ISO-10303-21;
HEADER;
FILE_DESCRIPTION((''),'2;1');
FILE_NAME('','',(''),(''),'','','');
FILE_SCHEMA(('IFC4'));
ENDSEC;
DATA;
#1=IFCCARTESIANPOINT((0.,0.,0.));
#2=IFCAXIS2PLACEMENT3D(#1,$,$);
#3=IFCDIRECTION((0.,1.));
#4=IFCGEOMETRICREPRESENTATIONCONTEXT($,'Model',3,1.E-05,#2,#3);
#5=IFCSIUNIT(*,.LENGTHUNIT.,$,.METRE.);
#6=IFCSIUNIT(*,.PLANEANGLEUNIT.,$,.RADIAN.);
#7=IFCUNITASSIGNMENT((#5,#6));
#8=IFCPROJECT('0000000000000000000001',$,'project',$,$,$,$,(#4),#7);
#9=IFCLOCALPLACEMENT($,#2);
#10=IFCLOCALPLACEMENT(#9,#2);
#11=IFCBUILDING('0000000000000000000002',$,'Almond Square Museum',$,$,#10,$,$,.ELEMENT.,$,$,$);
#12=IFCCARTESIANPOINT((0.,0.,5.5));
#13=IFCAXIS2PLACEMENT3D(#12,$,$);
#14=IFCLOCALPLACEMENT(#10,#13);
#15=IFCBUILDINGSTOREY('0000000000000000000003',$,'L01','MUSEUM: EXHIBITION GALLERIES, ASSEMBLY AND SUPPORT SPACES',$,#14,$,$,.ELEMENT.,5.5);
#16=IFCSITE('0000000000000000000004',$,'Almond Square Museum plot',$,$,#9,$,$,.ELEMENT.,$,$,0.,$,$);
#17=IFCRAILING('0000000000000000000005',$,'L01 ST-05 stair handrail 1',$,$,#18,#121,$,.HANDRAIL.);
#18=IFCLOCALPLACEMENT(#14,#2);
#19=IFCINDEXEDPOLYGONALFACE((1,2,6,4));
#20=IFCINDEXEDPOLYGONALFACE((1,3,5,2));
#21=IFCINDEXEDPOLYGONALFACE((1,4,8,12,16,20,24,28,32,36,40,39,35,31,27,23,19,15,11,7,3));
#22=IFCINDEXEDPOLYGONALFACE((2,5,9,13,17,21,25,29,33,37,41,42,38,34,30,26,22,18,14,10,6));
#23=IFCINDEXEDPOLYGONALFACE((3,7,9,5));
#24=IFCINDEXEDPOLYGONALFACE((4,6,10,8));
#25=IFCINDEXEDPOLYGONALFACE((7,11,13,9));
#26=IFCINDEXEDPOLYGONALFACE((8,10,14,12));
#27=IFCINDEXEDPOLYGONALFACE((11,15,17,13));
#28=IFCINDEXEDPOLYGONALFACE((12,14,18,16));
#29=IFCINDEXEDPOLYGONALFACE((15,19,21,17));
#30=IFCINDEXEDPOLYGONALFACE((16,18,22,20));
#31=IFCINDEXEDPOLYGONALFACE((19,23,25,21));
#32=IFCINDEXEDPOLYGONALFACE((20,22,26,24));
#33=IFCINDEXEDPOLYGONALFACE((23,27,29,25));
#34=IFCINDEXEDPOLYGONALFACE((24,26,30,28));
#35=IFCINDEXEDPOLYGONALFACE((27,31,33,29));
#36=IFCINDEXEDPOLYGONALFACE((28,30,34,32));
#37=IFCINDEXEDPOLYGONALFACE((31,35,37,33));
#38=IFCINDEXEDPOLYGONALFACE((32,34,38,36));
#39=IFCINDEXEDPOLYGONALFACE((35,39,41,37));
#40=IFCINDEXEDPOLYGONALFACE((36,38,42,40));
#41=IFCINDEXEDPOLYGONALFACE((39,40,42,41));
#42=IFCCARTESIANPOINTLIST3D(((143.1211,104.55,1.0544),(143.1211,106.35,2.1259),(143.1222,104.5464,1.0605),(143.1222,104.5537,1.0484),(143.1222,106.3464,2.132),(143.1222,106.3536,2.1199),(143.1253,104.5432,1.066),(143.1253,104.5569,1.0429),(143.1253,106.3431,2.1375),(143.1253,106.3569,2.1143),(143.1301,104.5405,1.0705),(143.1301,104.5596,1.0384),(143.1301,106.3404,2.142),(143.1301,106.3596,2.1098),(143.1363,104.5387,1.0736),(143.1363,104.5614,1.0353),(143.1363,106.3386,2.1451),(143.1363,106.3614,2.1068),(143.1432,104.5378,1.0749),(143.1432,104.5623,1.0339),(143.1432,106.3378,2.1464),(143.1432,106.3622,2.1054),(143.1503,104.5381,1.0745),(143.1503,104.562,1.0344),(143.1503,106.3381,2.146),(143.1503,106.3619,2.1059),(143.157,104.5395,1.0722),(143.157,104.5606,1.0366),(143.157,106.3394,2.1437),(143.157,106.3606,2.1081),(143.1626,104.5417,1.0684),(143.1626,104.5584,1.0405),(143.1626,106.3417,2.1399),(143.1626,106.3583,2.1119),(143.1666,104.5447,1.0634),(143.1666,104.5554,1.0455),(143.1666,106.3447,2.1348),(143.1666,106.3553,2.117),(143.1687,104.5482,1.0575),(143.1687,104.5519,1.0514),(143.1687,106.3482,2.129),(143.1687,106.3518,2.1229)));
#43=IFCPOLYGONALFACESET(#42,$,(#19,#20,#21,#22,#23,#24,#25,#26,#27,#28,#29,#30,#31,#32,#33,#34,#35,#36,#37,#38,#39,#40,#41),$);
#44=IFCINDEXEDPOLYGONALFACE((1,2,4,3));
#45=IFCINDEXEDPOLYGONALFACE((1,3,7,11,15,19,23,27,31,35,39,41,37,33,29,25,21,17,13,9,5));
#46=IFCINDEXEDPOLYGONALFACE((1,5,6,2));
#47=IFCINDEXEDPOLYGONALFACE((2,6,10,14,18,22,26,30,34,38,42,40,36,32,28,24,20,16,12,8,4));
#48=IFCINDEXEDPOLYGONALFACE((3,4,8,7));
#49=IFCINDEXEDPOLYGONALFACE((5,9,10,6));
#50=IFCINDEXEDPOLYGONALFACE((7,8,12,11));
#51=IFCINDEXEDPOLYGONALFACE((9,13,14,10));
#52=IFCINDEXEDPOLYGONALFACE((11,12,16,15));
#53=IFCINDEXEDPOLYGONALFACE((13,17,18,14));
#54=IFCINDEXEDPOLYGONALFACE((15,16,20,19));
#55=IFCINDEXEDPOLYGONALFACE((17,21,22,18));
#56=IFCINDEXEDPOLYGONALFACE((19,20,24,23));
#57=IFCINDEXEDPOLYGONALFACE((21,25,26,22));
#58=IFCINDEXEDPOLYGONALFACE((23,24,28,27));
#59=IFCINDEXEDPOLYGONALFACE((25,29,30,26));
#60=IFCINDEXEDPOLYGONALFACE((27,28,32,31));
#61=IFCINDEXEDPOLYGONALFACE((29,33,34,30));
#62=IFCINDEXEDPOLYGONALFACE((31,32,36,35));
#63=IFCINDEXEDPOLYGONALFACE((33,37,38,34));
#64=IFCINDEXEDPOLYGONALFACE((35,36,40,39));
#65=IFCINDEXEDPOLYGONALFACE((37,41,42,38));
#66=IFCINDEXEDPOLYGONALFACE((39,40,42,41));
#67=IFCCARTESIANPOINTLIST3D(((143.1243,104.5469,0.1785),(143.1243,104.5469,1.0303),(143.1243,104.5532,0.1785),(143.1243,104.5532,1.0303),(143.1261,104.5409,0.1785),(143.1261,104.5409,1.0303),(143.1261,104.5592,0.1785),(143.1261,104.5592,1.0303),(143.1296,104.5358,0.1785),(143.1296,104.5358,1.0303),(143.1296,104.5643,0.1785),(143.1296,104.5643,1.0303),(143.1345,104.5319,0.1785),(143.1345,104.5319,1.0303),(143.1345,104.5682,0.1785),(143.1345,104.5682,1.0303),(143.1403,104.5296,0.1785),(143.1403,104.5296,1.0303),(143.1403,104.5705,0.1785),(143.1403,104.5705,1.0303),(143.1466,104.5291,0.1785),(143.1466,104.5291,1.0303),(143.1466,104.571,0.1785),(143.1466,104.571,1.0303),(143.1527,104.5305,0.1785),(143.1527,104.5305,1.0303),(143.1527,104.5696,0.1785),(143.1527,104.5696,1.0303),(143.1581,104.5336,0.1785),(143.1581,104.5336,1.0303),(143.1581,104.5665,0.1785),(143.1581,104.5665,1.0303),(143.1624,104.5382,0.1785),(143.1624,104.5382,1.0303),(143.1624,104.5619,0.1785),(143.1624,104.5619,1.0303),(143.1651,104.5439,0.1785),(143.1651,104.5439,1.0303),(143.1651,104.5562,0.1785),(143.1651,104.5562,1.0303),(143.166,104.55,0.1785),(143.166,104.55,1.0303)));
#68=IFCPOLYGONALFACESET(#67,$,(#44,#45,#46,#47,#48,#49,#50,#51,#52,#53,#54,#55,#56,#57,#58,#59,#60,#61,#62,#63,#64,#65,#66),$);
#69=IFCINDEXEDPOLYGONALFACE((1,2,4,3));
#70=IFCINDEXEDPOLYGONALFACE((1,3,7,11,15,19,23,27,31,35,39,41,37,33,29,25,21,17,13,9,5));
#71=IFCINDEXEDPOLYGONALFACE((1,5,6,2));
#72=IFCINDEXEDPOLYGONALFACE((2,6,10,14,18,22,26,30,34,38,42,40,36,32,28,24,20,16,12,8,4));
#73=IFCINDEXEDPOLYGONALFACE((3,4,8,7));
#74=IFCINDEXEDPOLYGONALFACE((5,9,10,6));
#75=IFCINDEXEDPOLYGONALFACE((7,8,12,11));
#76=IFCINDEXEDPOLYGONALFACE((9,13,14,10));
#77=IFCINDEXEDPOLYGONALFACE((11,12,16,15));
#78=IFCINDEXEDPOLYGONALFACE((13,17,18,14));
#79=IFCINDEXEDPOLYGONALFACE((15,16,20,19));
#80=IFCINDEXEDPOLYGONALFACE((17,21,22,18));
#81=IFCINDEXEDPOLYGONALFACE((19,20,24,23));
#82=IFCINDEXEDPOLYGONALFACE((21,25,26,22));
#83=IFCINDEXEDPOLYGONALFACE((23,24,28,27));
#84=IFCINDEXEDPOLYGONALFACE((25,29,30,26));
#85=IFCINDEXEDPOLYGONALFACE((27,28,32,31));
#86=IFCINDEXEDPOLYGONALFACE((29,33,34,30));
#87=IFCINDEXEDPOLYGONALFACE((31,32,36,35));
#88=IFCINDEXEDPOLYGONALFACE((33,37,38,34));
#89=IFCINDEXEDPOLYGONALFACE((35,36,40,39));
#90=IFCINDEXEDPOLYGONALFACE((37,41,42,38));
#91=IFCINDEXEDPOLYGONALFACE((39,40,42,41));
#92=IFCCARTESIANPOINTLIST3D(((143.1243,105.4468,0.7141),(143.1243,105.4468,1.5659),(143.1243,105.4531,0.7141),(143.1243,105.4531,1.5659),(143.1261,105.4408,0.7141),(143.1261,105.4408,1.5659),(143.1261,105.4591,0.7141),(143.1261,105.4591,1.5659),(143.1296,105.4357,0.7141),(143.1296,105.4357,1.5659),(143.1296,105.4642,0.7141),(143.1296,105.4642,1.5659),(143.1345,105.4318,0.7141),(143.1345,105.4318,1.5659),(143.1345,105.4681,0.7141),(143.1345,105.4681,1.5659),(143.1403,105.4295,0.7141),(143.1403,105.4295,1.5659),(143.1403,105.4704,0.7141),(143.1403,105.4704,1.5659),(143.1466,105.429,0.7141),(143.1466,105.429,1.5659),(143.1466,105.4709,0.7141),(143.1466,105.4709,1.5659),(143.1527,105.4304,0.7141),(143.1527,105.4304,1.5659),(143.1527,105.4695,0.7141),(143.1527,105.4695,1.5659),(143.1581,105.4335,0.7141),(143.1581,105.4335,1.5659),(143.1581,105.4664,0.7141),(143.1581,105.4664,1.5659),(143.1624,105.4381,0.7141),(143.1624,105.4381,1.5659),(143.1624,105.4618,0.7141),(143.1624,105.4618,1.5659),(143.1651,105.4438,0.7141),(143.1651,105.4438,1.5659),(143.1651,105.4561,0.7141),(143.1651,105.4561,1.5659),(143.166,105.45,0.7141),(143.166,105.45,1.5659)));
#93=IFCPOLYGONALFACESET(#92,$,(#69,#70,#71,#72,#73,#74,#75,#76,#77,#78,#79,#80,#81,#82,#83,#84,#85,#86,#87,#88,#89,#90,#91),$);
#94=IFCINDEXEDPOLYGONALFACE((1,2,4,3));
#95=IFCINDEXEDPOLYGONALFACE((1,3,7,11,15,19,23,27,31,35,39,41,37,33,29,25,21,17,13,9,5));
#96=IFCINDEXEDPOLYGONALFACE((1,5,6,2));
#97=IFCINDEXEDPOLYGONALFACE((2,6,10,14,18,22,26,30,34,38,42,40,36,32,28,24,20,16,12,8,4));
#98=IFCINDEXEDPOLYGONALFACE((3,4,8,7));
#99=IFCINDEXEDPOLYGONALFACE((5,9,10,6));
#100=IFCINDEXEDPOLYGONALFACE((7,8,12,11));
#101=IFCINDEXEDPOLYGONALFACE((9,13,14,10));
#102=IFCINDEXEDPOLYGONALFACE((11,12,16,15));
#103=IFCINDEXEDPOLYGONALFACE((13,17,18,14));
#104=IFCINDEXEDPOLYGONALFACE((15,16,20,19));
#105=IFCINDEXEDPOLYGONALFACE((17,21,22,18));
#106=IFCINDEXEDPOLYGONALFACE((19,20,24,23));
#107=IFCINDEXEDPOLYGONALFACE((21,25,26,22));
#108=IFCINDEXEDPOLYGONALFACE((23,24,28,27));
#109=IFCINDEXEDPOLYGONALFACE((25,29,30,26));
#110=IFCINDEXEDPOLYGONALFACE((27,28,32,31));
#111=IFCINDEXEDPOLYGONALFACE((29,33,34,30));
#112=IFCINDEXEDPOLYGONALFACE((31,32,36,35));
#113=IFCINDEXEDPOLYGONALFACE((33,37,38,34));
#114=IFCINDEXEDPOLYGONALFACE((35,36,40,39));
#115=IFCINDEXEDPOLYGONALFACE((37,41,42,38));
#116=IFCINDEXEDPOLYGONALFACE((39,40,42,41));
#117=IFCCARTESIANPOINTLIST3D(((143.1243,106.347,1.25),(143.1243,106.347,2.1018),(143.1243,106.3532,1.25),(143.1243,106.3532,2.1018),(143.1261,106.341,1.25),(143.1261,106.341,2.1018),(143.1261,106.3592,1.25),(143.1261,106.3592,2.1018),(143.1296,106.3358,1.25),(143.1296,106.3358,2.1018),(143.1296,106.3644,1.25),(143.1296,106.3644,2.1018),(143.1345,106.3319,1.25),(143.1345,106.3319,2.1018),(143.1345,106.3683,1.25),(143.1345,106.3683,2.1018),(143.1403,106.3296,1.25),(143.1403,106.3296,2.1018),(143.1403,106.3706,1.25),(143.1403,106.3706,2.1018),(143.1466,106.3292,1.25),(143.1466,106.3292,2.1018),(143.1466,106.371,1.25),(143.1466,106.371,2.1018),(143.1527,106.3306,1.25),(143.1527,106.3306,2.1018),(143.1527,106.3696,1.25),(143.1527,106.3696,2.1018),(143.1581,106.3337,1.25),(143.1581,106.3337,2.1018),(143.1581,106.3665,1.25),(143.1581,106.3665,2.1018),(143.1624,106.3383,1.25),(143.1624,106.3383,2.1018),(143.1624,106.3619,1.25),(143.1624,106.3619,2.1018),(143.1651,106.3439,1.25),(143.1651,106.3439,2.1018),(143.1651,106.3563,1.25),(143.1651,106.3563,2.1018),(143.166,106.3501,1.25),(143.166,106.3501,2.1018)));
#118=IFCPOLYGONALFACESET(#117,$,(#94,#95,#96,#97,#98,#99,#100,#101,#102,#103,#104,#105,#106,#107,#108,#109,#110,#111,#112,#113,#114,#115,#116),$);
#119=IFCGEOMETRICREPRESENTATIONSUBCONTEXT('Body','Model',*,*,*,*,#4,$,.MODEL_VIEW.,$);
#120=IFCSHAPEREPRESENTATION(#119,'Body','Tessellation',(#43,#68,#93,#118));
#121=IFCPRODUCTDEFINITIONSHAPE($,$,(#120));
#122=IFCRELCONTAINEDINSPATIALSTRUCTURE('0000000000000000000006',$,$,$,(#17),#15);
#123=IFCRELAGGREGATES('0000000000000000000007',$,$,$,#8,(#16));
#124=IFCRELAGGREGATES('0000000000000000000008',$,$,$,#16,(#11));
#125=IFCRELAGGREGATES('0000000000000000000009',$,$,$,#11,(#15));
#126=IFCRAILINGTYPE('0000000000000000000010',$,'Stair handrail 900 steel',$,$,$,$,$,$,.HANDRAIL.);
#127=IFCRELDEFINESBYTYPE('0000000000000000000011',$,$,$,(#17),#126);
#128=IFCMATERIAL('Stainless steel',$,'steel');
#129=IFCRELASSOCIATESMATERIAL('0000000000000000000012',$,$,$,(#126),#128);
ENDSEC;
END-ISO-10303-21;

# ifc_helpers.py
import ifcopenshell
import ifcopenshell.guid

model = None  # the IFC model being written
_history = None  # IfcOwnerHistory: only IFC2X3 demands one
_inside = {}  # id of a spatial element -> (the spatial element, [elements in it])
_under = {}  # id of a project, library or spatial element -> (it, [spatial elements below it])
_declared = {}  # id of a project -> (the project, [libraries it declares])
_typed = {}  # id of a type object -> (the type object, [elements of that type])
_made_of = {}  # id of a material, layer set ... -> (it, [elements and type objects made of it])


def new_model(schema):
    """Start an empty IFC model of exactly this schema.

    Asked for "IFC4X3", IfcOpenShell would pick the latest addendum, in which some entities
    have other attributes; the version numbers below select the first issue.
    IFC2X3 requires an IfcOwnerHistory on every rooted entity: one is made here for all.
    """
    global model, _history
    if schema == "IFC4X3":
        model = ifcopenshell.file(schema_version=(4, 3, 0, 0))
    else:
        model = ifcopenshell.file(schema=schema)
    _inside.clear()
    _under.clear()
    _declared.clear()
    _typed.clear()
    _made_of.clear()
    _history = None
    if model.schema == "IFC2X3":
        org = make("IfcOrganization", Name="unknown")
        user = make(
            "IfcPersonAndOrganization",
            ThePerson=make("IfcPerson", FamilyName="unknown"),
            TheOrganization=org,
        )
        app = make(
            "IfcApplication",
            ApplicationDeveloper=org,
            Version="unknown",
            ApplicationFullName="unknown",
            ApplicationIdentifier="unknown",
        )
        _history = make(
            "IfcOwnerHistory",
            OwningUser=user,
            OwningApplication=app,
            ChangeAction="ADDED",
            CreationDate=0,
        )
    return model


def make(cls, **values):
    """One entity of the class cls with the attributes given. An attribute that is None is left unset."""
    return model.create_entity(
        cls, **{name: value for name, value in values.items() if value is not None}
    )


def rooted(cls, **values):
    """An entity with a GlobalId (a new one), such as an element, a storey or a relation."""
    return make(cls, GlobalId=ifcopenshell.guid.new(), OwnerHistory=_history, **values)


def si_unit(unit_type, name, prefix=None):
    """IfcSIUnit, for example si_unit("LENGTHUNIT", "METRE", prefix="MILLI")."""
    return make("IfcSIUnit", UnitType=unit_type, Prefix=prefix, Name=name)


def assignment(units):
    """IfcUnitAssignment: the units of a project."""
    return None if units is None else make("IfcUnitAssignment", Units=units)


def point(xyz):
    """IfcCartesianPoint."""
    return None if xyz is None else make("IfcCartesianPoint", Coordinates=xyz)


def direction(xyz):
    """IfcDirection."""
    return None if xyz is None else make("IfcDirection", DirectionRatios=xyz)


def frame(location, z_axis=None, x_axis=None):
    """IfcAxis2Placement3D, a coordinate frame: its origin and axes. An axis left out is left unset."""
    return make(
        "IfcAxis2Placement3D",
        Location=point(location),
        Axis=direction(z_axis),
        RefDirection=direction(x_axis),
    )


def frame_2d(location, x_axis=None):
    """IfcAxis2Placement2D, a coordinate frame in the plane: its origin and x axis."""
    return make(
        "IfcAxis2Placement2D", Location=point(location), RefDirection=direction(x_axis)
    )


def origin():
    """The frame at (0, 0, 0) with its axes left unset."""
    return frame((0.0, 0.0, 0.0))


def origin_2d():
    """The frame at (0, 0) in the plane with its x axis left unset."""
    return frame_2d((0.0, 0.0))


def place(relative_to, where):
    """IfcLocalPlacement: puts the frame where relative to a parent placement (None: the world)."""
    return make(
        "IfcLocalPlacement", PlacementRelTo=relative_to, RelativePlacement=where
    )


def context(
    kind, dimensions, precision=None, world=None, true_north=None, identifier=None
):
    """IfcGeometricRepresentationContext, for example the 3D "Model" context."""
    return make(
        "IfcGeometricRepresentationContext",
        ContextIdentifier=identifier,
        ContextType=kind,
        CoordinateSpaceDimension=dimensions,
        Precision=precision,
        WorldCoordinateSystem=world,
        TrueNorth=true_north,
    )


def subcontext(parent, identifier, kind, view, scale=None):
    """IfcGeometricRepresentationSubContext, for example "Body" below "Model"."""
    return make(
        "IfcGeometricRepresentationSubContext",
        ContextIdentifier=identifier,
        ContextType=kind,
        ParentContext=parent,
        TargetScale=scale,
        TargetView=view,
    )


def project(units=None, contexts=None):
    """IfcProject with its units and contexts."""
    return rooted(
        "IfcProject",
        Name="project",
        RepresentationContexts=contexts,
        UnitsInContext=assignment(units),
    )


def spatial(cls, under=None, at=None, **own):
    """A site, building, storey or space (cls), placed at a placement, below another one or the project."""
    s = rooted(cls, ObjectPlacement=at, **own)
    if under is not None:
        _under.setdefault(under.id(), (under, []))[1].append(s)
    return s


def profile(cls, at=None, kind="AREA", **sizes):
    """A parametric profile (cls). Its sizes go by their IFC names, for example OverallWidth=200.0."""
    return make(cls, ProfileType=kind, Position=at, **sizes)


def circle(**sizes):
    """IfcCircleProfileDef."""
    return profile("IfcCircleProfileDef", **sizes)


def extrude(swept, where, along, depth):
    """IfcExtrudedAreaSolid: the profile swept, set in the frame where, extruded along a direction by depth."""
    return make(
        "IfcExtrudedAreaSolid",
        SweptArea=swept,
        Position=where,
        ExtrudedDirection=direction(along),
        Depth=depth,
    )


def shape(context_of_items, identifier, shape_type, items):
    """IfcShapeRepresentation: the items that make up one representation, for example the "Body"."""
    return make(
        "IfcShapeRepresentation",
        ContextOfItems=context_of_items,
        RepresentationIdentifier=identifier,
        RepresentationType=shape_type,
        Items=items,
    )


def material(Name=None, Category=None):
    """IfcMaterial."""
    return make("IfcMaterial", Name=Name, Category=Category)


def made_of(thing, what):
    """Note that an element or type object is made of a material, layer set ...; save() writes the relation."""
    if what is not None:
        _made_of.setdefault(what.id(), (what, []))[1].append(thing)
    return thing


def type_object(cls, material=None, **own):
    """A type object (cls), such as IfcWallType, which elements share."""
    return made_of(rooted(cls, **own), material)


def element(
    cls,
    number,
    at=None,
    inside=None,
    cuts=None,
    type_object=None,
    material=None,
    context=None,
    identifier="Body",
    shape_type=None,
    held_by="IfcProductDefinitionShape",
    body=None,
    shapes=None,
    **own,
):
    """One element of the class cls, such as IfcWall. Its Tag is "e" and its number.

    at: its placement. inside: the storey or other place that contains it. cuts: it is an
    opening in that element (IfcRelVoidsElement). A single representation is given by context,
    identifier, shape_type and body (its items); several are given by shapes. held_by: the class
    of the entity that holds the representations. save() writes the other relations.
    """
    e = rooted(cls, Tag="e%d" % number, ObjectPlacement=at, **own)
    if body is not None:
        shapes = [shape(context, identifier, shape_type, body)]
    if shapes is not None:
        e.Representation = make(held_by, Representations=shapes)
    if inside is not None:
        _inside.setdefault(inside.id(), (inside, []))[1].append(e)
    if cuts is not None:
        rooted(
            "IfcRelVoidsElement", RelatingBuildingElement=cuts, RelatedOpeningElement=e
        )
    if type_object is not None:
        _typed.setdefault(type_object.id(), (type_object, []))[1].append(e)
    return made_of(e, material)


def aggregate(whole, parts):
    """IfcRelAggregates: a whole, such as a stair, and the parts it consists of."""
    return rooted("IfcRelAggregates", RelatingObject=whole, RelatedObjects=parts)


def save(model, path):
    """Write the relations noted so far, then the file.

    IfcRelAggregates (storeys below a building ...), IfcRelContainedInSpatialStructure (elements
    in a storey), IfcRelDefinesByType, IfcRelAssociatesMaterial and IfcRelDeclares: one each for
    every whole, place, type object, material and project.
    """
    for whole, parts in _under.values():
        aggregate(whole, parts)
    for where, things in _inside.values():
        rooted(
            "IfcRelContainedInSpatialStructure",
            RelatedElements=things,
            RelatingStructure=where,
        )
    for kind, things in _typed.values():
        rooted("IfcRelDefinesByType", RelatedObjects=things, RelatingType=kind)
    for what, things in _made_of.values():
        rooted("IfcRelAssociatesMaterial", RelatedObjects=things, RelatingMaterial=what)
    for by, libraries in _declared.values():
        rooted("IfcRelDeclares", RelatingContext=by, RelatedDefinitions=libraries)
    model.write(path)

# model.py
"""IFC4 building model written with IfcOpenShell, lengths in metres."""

from ifc_helpers import new_model, si_unit, direction, frame, origin, origin_2d, place, context, subcontext, project, spatial, circle, extrude, material, type_object, element, save


model = new_model("IFC4")

# Units and contexts
model_context = context("Model", 3, precision=1e-05, world=origin(), true_north=direction((0.0, 1.0)))
body_context = subcontext(model_context, "Body", "Model", "MODEL_VIEW")
ifc_project = project(units=[si_unit("LENGTHUNIT", "METRE"), si_unit("PLANEANGLEUNIT", "RADIAN")], contexts=[model_context])

# Site, building, storey
site_placement = place(None, origin())
site = spatial("IfcSite", under=ifc_project, at=site_placement, Name="Almond Square Museum plot", CompositionType="ELEMENT", RefElevation=0.0)
building_placement = place(site_placement, origin())
building = spatial("IfcBuilding", under=site, at=building_placement, Name="Almond Square Museum", CompositionType="ELEMENT")
storey_placement = place(building_placement, frame((0.0, 0.0, 5.5)))
storey = spatial("IfcBuildingStorey", under=building, at=storey_placement, Name="L01", Description="MUSEUM: EXHIBITION GALLERIES, ASSEMBLY AND SUPPORT SPACES", CompositionType="ELEMENT", Elevation=5.5)

# Railing
ifc_material_1 = material(Name="Stainless steel", Category="steel")
railing_type_1 = type_object("IfcRailingType", Name="Stair handrail 900 steel", PredefinedType="HANDRAIL", material=ifc_material_1)
railing_1_placement = place(storey_placement, frame((143.145, 104.55, 0.1785)))
element("IfcRailing", 1, at=railing_1_placement, inside=storey, type_object=railing_type_1, Name="L01 ST-05 stair handrail 1", PredefinedType="HANDRAIL", context=body_context, shape_type="SweptSolid", body=[
    extrude(circle(Radius=0.0239, at=origin_2d()), frame((0.0, 0.0, 0.876), z_axis=(0.0, 0.859277, 0.51151), x_axis=(-1.0, 0.0, 0.0)), (0.0, 0.0, 1.0), 2.0947),
    extrude(circle(Radius=0.021, at=origin_2d()), origin(), (0.0, 0.0, 1.0), 0.8518),
    extrude(circle(Radius=0.021, at=origin_2d()), frame((0.0, 0.8999, 0.5356)), (0.0, 0.0, 1.0), 0.8518),
    extrude(circle(Radius=0.021, at=origin_2d()), frame((0.0, 1.8, 1.0715)), (0.0, 0.0, 1.0), 0.8518),
])

save(model, "model.ifc")
